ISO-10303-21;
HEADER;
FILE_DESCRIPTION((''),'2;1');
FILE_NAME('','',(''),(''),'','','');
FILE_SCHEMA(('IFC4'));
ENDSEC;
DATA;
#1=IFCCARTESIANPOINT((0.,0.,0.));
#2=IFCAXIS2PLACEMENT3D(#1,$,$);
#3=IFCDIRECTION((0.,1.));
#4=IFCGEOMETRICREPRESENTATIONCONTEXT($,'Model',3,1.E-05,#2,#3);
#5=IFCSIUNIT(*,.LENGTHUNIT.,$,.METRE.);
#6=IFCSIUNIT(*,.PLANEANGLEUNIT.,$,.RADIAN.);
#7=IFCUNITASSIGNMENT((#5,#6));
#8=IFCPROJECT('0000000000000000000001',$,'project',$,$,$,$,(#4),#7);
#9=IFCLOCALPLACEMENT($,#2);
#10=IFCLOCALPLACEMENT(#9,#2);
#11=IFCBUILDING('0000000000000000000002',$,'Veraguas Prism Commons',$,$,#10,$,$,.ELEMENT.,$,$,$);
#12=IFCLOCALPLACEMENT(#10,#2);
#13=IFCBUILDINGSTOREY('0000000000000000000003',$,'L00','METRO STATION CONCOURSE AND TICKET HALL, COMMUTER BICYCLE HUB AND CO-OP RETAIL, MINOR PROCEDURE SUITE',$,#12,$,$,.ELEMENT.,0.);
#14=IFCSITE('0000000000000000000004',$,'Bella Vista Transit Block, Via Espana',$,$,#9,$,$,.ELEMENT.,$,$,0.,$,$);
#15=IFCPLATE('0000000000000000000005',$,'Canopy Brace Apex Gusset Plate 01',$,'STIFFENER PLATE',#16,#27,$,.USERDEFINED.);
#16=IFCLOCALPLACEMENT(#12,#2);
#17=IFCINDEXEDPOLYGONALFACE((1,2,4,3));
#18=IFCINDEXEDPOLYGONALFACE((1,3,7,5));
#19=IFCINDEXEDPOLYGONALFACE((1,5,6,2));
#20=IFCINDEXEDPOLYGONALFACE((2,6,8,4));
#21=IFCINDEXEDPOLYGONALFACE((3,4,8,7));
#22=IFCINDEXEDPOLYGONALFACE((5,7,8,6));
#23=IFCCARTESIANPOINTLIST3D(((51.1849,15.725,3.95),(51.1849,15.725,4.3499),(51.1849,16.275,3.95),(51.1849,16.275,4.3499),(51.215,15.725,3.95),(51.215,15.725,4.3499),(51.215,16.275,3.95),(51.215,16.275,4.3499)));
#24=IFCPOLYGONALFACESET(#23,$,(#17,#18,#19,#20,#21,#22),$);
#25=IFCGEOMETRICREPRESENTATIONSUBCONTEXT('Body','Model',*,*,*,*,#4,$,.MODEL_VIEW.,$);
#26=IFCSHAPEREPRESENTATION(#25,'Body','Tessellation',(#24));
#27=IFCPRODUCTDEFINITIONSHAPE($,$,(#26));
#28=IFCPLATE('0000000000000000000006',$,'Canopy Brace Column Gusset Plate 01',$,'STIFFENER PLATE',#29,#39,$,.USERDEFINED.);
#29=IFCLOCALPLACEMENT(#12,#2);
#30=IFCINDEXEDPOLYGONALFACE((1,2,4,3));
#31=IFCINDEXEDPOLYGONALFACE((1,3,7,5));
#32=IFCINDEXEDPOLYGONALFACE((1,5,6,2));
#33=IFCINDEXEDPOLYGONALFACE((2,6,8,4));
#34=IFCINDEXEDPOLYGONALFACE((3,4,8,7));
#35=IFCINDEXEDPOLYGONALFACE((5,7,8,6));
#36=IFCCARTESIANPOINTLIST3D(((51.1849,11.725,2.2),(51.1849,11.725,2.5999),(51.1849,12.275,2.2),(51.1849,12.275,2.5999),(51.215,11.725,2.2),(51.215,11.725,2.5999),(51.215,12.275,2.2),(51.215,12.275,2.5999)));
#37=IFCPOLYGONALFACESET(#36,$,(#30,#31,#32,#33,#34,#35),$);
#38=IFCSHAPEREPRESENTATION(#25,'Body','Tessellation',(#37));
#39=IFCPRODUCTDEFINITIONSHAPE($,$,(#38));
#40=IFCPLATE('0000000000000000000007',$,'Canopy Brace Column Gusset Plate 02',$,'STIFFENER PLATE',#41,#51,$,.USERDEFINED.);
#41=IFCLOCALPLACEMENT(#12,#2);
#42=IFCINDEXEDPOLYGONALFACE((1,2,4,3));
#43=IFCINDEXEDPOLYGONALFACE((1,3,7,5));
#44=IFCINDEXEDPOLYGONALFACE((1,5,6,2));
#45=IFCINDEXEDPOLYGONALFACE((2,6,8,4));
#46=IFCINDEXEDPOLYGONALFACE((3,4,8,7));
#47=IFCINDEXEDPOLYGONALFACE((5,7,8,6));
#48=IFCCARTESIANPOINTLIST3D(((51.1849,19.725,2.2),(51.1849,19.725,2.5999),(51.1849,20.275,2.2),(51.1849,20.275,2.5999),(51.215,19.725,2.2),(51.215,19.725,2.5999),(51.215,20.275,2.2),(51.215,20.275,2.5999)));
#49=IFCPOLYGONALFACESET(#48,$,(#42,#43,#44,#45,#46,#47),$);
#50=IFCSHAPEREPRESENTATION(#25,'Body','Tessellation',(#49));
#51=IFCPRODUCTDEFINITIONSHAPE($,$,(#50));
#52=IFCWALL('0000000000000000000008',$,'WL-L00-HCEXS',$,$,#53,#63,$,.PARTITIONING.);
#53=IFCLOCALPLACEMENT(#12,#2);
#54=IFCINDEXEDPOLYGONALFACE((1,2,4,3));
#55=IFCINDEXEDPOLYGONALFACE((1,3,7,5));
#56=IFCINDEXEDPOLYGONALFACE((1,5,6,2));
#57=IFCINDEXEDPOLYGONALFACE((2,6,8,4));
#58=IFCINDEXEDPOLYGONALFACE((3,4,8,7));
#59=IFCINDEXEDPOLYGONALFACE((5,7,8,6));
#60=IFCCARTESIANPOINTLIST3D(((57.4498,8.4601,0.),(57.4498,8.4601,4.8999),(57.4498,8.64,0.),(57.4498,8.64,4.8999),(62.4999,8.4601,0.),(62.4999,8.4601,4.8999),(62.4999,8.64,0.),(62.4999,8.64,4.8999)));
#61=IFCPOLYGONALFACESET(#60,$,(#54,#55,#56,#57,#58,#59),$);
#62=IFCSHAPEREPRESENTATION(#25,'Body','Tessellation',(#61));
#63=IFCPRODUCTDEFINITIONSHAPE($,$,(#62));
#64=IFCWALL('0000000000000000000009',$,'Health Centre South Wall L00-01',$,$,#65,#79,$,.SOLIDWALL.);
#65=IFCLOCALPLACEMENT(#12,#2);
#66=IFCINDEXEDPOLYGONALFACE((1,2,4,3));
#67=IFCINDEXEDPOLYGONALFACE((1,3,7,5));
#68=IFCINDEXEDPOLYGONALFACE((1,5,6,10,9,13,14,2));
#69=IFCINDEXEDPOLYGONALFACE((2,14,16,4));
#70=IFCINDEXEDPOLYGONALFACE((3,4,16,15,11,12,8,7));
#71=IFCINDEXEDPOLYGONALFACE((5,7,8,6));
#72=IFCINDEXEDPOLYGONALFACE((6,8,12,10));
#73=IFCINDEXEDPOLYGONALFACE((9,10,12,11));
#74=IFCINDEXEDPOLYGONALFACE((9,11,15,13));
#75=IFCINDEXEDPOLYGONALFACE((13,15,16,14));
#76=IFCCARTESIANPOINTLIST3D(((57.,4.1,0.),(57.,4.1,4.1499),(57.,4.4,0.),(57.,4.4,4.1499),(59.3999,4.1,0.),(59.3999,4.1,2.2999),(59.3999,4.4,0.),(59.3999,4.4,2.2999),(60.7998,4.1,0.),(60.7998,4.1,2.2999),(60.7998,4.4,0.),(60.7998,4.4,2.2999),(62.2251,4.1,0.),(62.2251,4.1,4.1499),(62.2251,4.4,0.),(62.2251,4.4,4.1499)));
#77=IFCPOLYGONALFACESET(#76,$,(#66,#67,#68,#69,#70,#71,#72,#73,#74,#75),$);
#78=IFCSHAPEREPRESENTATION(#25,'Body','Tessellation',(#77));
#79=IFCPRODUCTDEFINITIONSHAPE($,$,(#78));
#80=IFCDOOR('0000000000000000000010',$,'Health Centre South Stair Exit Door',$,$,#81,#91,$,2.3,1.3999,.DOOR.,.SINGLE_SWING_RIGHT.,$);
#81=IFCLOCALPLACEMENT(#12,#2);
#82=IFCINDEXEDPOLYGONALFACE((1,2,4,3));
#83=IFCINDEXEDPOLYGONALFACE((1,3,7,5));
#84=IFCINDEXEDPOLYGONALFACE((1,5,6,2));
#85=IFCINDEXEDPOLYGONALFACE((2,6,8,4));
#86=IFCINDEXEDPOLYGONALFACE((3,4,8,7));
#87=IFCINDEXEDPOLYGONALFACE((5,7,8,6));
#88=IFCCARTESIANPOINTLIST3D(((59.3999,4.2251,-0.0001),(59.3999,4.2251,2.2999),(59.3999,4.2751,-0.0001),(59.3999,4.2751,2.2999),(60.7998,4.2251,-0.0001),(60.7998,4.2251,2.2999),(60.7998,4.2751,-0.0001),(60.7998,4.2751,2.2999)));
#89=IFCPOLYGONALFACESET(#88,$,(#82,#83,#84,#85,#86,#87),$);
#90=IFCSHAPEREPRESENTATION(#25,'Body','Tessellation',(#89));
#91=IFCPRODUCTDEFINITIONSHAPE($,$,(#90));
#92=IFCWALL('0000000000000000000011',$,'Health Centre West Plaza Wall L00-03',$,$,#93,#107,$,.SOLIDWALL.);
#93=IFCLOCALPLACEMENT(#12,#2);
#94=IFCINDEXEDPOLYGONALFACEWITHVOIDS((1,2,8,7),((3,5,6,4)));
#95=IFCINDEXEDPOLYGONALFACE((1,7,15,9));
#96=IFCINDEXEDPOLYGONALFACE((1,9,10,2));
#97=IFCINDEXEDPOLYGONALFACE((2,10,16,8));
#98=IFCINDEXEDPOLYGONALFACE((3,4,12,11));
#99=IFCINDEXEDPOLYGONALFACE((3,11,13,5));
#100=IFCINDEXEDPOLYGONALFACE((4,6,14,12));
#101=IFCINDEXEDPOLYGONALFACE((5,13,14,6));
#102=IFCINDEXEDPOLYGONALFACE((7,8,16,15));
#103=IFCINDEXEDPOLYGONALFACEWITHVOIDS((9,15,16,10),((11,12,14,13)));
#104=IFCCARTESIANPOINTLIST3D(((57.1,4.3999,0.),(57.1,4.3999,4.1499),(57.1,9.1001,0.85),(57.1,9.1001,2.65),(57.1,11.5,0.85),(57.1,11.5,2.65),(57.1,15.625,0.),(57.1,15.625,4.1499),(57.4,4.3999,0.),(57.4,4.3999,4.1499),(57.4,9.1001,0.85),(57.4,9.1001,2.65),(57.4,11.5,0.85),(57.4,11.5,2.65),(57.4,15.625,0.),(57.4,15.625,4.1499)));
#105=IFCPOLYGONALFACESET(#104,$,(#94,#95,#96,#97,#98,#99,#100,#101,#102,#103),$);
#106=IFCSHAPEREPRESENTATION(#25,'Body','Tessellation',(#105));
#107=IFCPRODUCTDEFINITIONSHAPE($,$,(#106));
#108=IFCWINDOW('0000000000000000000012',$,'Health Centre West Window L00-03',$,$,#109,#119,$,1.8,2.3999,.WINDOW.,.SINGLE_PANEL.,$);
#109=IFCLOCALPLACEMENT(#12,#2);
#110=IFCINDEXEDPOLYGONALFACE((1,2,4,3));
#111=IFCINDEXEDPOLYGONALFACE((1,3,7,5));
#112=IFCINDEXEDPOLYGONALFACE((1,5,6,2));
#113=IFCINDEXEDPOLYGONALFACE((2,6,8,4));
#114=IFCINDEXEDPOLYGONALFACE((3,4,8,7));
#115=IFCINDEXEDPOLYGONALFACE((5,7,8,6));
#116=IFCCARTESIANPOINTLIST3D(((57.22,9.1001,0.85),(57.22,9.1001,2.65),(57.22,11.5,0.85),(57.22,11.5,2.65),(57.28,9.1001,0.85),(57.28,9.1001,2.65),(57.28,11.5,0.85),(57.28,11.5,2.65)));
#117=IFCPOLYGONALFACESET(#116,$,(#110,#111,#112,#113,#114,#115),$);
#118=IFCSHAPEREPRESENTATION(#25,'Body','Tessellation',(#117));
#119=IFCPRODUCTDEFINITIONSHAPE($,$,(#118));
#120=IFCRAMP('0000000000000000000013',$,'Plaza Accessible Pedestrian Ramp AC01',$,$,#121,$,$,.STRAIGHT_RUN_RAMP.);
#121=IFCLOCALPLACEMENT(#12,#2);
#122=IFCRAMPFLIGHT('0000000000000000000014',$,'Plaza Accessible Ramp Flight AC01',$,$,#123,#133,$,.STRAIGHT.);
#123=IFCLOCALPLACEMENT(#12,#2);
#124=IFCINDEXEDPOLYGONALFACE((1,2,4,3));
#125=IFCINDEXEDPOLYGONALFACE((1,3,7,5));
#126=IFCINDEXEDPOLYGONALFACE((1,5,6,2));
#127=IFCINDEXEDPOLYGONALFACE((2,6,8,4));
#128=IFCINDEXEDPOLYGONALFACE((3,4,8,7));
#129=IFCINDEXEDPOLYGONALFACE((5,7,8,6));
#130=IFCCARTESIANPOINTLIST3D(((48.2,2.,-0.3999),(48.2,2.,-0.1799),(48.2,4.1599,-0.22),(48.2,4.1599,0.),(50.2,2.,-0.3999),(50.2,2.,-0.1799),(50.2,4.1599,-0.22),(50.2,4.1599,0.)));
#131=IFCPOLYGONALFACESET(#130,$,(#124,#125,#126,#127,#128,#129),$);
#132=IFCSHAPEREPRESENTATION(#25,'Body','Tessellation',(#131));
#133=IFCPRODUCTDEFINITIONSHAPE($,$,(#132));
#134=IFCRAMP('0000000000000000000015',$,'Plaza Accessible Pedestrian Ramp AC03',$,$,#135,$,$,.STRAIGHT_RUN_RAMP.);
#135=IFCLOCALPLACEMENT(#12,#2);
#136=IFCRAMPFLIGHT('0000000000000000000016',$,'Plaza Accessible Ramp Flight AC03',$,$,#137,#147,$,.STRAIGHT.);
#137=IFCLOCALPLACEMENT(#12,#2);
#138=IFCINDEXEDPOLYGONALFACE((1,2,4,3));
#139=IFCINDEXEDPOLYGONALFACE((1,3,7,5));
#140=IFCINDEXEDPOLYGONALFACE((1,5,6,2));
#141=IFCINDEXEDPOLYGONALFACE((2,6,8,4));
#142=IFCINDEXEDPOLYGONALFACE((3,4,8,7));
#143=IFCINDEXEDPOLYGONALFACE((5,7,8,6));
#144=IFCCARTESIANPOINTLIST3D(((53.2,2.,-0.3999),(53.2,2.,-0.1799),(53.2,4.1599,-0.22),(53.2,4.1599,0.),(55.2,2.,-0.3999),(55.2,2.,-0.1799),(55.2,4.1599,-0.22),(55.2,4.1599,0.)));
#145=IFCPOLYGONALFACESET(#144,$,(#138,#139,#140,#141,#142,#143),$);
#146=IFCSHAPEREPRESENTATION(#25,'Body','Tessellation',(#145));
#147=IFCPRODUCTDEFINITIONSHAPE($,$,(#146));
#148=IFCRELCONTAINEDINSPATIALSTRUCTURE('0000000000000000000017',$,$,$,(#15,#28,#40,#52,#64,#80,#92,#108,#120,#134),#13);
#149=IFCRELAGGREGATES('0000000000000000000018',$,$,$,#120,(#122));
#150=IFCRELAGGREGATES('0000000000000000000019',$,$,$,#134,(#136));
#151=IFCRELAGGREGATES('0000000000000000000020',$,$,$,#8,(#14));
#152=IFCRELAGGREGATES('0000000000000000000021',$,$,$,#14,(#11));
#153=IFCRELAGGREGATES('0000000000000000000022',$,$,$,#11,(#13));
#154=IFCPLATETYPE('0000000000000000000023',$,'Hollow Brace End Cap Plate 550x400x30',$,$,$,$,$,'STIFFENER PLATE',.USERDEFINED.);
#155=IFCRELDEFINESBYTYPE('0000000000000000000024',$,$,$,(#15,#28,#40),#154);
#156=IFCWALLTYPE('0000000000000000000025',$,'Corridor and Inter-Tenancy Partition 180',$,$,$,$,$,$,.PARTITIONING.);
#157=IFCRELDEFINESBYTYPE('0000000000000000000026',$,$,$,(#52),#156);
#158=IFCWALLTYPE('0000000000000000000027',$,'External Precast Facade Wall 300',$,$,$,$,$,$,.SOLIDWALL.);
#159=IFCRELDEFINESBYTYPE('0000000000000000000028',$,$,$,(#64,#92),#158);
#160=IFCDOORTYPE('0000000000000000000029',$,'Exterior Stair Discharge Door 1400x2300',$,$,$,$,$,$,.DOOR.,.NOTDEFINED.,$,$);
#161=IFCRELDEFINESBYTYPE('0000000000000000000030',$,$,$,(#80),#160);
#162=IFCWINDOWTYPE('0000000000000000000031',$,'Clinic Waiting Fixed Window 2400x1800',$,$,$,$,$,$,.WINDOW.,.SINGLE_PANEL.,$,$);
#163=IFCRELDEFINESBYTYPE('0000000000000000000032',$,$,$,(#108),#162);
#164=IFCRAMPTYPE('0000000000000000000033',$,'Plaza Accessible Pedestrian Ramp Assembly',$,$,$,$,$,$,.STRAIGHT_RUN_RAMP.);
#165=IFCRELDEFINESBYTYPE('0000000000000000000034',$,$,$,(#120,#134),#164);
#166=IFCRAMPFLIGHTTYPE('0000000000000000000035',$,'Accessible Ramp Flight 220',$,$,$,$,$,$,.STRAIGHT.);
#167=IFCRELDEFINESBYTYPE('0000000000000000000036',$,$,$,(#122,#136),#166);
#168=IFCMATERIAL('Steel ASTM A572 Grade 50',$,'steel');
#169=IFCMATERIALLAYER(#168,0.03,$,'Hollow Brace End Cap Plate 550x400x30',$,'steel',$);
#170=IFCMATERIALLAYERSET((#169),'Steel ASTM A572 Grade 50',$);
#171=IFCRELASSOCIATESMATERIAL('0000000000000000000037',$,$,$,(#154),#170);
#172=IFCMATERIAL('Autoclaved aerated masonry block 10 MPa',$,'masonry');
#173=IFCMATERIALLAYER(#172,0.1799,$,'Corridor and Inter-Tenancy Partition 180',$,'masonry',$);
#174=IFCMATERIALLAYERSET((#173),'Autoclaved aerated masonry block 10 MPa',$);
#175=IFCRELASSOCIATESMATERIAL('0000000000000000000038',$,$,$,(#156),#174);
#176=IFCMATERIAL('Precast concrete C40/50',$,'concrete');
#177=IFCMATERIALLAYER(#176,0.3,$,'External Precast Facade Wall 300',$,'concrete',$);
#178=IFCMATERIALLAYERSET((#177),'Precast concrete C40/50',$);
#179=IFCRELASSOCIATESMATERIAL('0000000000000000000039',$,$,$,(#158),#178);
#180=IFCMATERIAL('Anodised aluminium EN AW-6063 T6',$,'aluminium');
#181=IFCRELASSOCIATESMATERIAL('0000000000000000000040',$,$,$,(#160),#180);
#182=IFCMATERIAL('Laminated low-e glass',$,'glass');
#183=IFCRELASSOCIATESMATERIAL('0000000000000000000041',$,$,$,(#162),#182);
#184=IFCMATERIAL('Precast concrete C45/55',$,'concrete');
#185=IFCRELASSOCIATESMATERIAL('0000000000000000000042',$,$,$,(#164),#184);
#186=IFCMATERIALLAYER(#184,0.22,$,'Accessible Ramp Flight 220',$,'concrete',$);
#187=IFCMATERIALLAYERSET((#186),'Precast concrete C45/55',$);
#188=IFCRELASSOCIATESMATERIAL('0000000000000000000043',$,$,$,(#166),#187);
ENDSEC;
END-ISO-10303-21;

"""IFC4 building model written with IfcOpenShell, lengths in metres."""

from ifc_helpers import new_model, si_unit, direction, frame, frame_2d, origin, origin_2d, place, context, subcontext, project, spatial, polyline, rectangle, outline, extrude, source, transform, mapped, material, layer, layer_set, type_object, element, fill, aggregate, save


model = new_model("IFC4")

# Units and contexts
model_context = context("Model", 3, precision=1e-05, world=origin(), true_north=direction((0.0, 1.0)))
body_context = subcontext(model_context, "Body", "Model", "MODEL_VIEW")
ifc_project = project(units=[si_unit("LENGTHUNIT", "METRE"), si_unit("PLANEANGLEUNIT", "RADIAN")], contexts=[model_context])

# Site, building, storey
site_placement = place(None, origin())
site = spatial("IfcSite", under=ifc_project, at=site_placement, Name="Bella Vista Transit Block, Via Espana", CompositionType="ELEMENT", RefElevation=0.0)
building_placement = place(site_placement, origin())
building = spatial("IfcBuilding", under=site, at=building_placement, Name="Veraguas Prism Commons", CompositionType="ELEMENT")
storey_placement = place(building_placement, origin())
storey = spatial("IfcBuildingStorey", under=building, at=storey_placement, Name="L00", Description="METRO STATION CONCOURSE AND TICKET HALL, COMMUTER BICYCLE HUB AND CO-OP RETAIL, MINOR PROCEDURE SUITE", CompositionType="ELEMENT", Elevation=0.0)

# Plates
ifc_material_1 = material(Name="Steel ASTM A572 Grade 50", Category="steel")
ifc_layer_1 = layer(ifc_material_1, 0.03, Name="Hollow Brace End Cap Plate 550x400x30", Category="steel")
ifc_layer_set_1 = layer_set([ifc_layer_1], Name="Steel ASTM A572 Grade 50")
plate_type = type_object("IfcPlateType", Name="Hollow Brace End Cap Plate 550x400x30", ElementType="STIFFENER PLATE", PredefinedType="USERDEFINED", material=ifc_layer_set_1)
shared_shape_1 = source(origin(), body_context, "Body", "SweptSolid", [
    extrude(rectangle(XDim=0.55, YDim=0.03, at=origin_2d()), origin(), (0.0, 0.0, 1.0), 0.3999),
])
for number, where, z_axis, x_axis, name in (
    (1, (51.2, 16.0, 3.95), (0.0, 0.0, 1.0), (0.0, 1.0, 0.0), "Canopy Brace Apex Gusset Plate 01"),
    (2, (51.2, 12.0, 2.2), (0.0, 0.0, 1.0), (0.0, 1.0, 0.0), "Canopy Brace Column Gusset Plate 01"),
    (3, (51.2, 20.0, 2.2), (0.0, 0.0, 1.0), (0.0, 1.0, 0.0), "Canopy Brace Column Gusset Plate 02"),
):
    element("IfcPlate", number, at=place(storey_placement, frame(where, z_axis=z_axis, x_axis=x_axis)), inside=storey, type_object=plate_type, Name=name, ObjectType="STIFFENER PLATE", PredefinedType="USERDEFINED", context=body_context, shape_type="MappedRepresentation", body=[
        mapped(shared_shape_1, transform((0.0, 0.0, 0.0), scale=1.0)),
    ])

# Wall
ifc_material_2 = material(Name="Autoclaved aerated masonry block 10 MPa", Category="masonry")
ifc_layer_2 = layer(ifc_material_2, 0.1799, Name="Corridor and Inter-Tenancy Partition 180", Category="masonry")
ifc_layer_set_2 = layer_set([ifc_layer_2], Name="Autoclaved aerated masonry block 10 MPa")
wall_type_1 = type_object("IfcWallType", Name="Corridor and Inter-Tenancy Partition 180", PredefinedType="PARTITIONING", material=ifc_layer_set_2)
wall_1_placement = place(storey_placement, frame((57.45, 8.55, 0.0), z_axis=(0.0, 0.0, 1.0), x_axis=(1.0, 0.0, 0.0)))
element("IfcWall", 4, at=wall_1_placement, inside=storey, type_object=wall_type_1, Name="WL-L00-HCEXS", PredefinedType="PARTITIONING", context=body_context, shape_type="SweptSolid", body=[
    extrude(rectangle(XDim=5.05, YDim=0.1799, at=frame_2d((2.5249, 0.0))), origin(), (0.0, 0.0, 1.0), 4.8999),
])

# Wall, opening, door
ifc_material_3 = material(Name="Precast concrete C40/50", Category="concrete")
ifc_layer_3 = layer(ifc_material_3, 0.3, Name="External Precast Facade Wall 300", Category="concrete")
ifc_layer_set_3 = layer_set([ifc_layer_3], Name="Precast concrete C40/50")
wall_type_2 = type_object("IfcWallType", Name="External Precast Facade Wall 300", PredefinedType="SOLIDWALL", material=ifc_layer_set_3)
wall_2_placement = place(storey_placement, frame((57.0, 4.25, 0.0), z_axis=(0.0, 0.0, 1.0), x_axis=(1.0, 0.0, 0.0)))
wall_2 = element("IfcWall", 5, at=wall_2_placement, inside=storey, type_object=wall_type_2, Name="Health Centre South Wall L00-01", PredefinedType="SOLIDWALL", context=body_context, shape_type="SweptSolid", body=[
    extrude(rectangle(XDim=5.2251, YDim=0.3, at=frame_2d((2.6125, 0.0))), origin(), (0.0, 0.0, 1.0), 4.1499),
])
opening_1_placement = place(wall_2_placement, frame((2.3999, 0.0, 0.0)))
opening_1 = element("IfcOpeningElement", 6, at=opening_1_placement, cuts=wall_2, PredefinedType="OPENING", context=body_context, shape_type="SweptSolid", body=[
    extrude(rectangle(XDim=1.3999, YDim=2.3, at=frame_2d((0.7, 1.1499))), frame((0.0, 0.1599, 0.0), z_axis=(0.0, -1.0, 0.0), x_axis=(1.0, 0.0, 0.0)), (0.0, 0.0, 1.0), 0.3201),
])
ifc_material_4 = material(Name="Anodised aluminium EN AW-6063 T6", Category="aluminium")
door_type = type_object("IfcDoorType", Name="Exterior Stair Discharge Door 1400x2300", OperationType="NOTDEFINED", PredefinedType="DOOR", material=ifc_material_4)
shared_shape_2 = source(origin(), body_context, "Body", "SweptSolid", [
    extrude(rectangle(XDim=1.3999, YDim=2.3, at=frame_2d((0.7, 1.1499))), frame((0.0, 0.0249, 0.0), z_axis=(0.0, -1.0, 0.0), x_axis=(1.0, 0.0, 0.0)), (0.0, 0.0, 1.0), 0.05),
])
door_placement = place(opening_1_placement, frame((1.3999, 0.0, 0.0), z_axis=(0.0, 0.0, 1.0), x_axis=(-1.0, 0.0, 0.0)))
door = element("IfcDoor", 7, at=door_placement, inside=storey, type_object=door_type, Name="Health Centre South Stair Exit Door", OperationType="SINGLE_SWING_RIGHT", OverallHeight=2.3, OverallWidth=1.3999, PredefinedType="DOOR", context=body_context, shape_type="MappedRepresentation", body=[
    mapped(shared_shape_2, transform((0.0, 0.0, 0.0), scale=1.0)),
])
fill(opening_1, door)

# Wall, opening, window
wall_3_placement = place(storey_placement, frame((57.25, 15.625, 0.0), z_axis=(0.0, 0.0, 1.0), x_axis=(0.0, -1.0, 0.0)))
wall_3 = element("IfcWall", 8, at=wall_3_placement, inside=storey, type_object=wall_type_2, Name="Health Centre West Plaza Wall L00-03", PredefinedType="SOLIDWALL", context=body_context, shape_type="SweptSolid", body=[
    extrude(rectangle(XDim=11.2251, YDim=0.3, at=frame_2d((5.6125, 0.0))), origin(), (0.0, 0.0, 1.0), 4.1499),
])
opening_2_placement = place(wall_3_placement, frame((4.125, 0.0, 0.8501)))
opening_2 = element("IfcOpeningElement", 9, at=opening_2_placement, cuts=wall_3, PredefinedType="OPENING", context=body_context, shape_type="SweptSolid", body=[
    extrude(rectangle(XDim=2.3999, YDim=1.8, at=frame_2d((1.2, 0.8999))), frame((0.0, 0.1599, 0.0), z_axis=(0.0, -1.0, 0.0), x_axis=(1.0, 0.0, 0.0)), (0.0, 0.0, 1.0), 0.3201),
])
ifc_material_5 = material(Name="Laminated low-e glass", Category="glass")
window_type = type_object("IfcWindowType", Name="Clinic Waiting Fixed Window 2400x1800", PartitioningType="SINGLE_PANEL", PredefinedType="WINDOW", material=ifc_material_5)
shared_shape_3 = source(origin(), body_context, "Body", "SweptSolid", [
    extrude(rectangle(XDim=2.3999, YDim=1.8, at=frame_2d((1.2, 0.8999))), frame((0.0, 0.03, 0.0), z_axis=(0.0, -1.0, 0.0), x_axis=(1.0, 0.0, 0.0)), (0.0, 0.0, 1.0), 0.0601),
])
window_placement = place(opening_2_placement, origin())
window = element("IfcWindow", 10, at=window_placement, inside=storey, type_object=window_type, Name="Health Centre West Window L00-03", OverallHeight=1.8, OverallWidth=2.3999, PartitioningType="SINGLE_PANEL", PredefinedType="WINDOW", context=body_context, shape_type="MappedRepresentation", body=[
    mapped(shared_shape_3, transform((0.0, 0.0, 0.0), scale=1.0)),
])
fill(opening_2, window)

# Ramps, ramp flights
ifc_material_6 = material(Name="Precast concrete C45/55", Category="concrete")
ramp_type = type_object("IfcRampType", Name="Plaza Accessible Pedestrian Ramp Assembly", PredefinedType="STRAIGHT_RUN_RAMP", material=ifc_material_6)
ramp_1_placement = place(storey_placement, origin())
ramp_1 = element("IfcRamp", 11, at=ramp_1_placement, inside=storey, type_object=ramp_type, Name="Plaza Accessible Pedestrian Ramp AC01", PredefinedType="STRAIGHT_RUN_RAMP")
ifc_layer_4 = layer(ifc_material_6, 0.22, Name="Accessible Ramp Flight 220", Category="concrete")
ifc_layer_set_4 = layer_set([ifc_layer_4], Name="Precast concrete C45/55")
ramp_flight_type = type_object("IfcRampFlightType", Name="Accessible Ramp Flight 220", PredefinedType="STRAIGHT", material=ifc_layer_set_4)
ramp_flight_1_placement = place(storey_placement, frame((49.2, 2.0, -0.1799), z_axis=(0.0, 0.0, 1.0), x_axis=(0.0, 1.0, 0.0)))
ramp_flight_1 = element("IfcRampFlight", 12, at=ramp_flight_1_placement, type_object=ramp_flight_type, Name="Plaza Accessible Ramp Flight AC01", PredefinedType="STRAIGHT", context=body_context, shape_type="SweptSolid", body=[
    extrude(outline(polyline([(0.0, 0.0), (2.1599, 0.1799), (2.1599, -0.04), (0.0, -0.22), (0.0, 0.0)])), frame((0.0, 1.0, 0.0), z_axis=(0.0, -1.0, 0.0), x_axis=(1.0, 0.0, 0.0)), (0.0, 0.0, 1.0), 2.0),
])
aggregate(ramp_1, [ramp_flight_1])
ramp_2_placement = place(storey_placement, origin())
ramp_2 = element("IfcRamp", 13, at=ramp_2_placement, inside=storey, type_object=ramp_type, Name="Plaza Accessible Pedestrian Ramp AC03", PredefinedType="STRAIGHT_RUN_RAMP")
ramp_flight_2_placement = place(storey_placement, frame((54.2, 2.0, -0.1799), z_axis=(0.0, 0.0, 1.0), x_axis=(0.0, 1.0, 0.0)))
ramp_flight_2 = element("IfcRampFlight", 14, at=ramp_flight_2_placement, type_object=ramp_flight_type, Name="Plaza Accessible Ramp Flight AC03", PredefinedType="STRAIGHT", context=body_context, shape_type="SweptSolid", body=[
    extrude(outline(polyline([(0.0, 0.0), (2.1599, 0.1799), (2.1599, -0.04), (0.0, -0.22), (0.0, 0.0)])), frame((0.0, 1.0, 0.0), z_axis=(0.0, -1.0, 0.0), x_axis=(1.0, 0.0, 0.0)), (0.0, 0.0, 1.0), 2.0),
])
aggregate(ramp_2, [ramp_flight_2])

save(model, "model.ifc")
